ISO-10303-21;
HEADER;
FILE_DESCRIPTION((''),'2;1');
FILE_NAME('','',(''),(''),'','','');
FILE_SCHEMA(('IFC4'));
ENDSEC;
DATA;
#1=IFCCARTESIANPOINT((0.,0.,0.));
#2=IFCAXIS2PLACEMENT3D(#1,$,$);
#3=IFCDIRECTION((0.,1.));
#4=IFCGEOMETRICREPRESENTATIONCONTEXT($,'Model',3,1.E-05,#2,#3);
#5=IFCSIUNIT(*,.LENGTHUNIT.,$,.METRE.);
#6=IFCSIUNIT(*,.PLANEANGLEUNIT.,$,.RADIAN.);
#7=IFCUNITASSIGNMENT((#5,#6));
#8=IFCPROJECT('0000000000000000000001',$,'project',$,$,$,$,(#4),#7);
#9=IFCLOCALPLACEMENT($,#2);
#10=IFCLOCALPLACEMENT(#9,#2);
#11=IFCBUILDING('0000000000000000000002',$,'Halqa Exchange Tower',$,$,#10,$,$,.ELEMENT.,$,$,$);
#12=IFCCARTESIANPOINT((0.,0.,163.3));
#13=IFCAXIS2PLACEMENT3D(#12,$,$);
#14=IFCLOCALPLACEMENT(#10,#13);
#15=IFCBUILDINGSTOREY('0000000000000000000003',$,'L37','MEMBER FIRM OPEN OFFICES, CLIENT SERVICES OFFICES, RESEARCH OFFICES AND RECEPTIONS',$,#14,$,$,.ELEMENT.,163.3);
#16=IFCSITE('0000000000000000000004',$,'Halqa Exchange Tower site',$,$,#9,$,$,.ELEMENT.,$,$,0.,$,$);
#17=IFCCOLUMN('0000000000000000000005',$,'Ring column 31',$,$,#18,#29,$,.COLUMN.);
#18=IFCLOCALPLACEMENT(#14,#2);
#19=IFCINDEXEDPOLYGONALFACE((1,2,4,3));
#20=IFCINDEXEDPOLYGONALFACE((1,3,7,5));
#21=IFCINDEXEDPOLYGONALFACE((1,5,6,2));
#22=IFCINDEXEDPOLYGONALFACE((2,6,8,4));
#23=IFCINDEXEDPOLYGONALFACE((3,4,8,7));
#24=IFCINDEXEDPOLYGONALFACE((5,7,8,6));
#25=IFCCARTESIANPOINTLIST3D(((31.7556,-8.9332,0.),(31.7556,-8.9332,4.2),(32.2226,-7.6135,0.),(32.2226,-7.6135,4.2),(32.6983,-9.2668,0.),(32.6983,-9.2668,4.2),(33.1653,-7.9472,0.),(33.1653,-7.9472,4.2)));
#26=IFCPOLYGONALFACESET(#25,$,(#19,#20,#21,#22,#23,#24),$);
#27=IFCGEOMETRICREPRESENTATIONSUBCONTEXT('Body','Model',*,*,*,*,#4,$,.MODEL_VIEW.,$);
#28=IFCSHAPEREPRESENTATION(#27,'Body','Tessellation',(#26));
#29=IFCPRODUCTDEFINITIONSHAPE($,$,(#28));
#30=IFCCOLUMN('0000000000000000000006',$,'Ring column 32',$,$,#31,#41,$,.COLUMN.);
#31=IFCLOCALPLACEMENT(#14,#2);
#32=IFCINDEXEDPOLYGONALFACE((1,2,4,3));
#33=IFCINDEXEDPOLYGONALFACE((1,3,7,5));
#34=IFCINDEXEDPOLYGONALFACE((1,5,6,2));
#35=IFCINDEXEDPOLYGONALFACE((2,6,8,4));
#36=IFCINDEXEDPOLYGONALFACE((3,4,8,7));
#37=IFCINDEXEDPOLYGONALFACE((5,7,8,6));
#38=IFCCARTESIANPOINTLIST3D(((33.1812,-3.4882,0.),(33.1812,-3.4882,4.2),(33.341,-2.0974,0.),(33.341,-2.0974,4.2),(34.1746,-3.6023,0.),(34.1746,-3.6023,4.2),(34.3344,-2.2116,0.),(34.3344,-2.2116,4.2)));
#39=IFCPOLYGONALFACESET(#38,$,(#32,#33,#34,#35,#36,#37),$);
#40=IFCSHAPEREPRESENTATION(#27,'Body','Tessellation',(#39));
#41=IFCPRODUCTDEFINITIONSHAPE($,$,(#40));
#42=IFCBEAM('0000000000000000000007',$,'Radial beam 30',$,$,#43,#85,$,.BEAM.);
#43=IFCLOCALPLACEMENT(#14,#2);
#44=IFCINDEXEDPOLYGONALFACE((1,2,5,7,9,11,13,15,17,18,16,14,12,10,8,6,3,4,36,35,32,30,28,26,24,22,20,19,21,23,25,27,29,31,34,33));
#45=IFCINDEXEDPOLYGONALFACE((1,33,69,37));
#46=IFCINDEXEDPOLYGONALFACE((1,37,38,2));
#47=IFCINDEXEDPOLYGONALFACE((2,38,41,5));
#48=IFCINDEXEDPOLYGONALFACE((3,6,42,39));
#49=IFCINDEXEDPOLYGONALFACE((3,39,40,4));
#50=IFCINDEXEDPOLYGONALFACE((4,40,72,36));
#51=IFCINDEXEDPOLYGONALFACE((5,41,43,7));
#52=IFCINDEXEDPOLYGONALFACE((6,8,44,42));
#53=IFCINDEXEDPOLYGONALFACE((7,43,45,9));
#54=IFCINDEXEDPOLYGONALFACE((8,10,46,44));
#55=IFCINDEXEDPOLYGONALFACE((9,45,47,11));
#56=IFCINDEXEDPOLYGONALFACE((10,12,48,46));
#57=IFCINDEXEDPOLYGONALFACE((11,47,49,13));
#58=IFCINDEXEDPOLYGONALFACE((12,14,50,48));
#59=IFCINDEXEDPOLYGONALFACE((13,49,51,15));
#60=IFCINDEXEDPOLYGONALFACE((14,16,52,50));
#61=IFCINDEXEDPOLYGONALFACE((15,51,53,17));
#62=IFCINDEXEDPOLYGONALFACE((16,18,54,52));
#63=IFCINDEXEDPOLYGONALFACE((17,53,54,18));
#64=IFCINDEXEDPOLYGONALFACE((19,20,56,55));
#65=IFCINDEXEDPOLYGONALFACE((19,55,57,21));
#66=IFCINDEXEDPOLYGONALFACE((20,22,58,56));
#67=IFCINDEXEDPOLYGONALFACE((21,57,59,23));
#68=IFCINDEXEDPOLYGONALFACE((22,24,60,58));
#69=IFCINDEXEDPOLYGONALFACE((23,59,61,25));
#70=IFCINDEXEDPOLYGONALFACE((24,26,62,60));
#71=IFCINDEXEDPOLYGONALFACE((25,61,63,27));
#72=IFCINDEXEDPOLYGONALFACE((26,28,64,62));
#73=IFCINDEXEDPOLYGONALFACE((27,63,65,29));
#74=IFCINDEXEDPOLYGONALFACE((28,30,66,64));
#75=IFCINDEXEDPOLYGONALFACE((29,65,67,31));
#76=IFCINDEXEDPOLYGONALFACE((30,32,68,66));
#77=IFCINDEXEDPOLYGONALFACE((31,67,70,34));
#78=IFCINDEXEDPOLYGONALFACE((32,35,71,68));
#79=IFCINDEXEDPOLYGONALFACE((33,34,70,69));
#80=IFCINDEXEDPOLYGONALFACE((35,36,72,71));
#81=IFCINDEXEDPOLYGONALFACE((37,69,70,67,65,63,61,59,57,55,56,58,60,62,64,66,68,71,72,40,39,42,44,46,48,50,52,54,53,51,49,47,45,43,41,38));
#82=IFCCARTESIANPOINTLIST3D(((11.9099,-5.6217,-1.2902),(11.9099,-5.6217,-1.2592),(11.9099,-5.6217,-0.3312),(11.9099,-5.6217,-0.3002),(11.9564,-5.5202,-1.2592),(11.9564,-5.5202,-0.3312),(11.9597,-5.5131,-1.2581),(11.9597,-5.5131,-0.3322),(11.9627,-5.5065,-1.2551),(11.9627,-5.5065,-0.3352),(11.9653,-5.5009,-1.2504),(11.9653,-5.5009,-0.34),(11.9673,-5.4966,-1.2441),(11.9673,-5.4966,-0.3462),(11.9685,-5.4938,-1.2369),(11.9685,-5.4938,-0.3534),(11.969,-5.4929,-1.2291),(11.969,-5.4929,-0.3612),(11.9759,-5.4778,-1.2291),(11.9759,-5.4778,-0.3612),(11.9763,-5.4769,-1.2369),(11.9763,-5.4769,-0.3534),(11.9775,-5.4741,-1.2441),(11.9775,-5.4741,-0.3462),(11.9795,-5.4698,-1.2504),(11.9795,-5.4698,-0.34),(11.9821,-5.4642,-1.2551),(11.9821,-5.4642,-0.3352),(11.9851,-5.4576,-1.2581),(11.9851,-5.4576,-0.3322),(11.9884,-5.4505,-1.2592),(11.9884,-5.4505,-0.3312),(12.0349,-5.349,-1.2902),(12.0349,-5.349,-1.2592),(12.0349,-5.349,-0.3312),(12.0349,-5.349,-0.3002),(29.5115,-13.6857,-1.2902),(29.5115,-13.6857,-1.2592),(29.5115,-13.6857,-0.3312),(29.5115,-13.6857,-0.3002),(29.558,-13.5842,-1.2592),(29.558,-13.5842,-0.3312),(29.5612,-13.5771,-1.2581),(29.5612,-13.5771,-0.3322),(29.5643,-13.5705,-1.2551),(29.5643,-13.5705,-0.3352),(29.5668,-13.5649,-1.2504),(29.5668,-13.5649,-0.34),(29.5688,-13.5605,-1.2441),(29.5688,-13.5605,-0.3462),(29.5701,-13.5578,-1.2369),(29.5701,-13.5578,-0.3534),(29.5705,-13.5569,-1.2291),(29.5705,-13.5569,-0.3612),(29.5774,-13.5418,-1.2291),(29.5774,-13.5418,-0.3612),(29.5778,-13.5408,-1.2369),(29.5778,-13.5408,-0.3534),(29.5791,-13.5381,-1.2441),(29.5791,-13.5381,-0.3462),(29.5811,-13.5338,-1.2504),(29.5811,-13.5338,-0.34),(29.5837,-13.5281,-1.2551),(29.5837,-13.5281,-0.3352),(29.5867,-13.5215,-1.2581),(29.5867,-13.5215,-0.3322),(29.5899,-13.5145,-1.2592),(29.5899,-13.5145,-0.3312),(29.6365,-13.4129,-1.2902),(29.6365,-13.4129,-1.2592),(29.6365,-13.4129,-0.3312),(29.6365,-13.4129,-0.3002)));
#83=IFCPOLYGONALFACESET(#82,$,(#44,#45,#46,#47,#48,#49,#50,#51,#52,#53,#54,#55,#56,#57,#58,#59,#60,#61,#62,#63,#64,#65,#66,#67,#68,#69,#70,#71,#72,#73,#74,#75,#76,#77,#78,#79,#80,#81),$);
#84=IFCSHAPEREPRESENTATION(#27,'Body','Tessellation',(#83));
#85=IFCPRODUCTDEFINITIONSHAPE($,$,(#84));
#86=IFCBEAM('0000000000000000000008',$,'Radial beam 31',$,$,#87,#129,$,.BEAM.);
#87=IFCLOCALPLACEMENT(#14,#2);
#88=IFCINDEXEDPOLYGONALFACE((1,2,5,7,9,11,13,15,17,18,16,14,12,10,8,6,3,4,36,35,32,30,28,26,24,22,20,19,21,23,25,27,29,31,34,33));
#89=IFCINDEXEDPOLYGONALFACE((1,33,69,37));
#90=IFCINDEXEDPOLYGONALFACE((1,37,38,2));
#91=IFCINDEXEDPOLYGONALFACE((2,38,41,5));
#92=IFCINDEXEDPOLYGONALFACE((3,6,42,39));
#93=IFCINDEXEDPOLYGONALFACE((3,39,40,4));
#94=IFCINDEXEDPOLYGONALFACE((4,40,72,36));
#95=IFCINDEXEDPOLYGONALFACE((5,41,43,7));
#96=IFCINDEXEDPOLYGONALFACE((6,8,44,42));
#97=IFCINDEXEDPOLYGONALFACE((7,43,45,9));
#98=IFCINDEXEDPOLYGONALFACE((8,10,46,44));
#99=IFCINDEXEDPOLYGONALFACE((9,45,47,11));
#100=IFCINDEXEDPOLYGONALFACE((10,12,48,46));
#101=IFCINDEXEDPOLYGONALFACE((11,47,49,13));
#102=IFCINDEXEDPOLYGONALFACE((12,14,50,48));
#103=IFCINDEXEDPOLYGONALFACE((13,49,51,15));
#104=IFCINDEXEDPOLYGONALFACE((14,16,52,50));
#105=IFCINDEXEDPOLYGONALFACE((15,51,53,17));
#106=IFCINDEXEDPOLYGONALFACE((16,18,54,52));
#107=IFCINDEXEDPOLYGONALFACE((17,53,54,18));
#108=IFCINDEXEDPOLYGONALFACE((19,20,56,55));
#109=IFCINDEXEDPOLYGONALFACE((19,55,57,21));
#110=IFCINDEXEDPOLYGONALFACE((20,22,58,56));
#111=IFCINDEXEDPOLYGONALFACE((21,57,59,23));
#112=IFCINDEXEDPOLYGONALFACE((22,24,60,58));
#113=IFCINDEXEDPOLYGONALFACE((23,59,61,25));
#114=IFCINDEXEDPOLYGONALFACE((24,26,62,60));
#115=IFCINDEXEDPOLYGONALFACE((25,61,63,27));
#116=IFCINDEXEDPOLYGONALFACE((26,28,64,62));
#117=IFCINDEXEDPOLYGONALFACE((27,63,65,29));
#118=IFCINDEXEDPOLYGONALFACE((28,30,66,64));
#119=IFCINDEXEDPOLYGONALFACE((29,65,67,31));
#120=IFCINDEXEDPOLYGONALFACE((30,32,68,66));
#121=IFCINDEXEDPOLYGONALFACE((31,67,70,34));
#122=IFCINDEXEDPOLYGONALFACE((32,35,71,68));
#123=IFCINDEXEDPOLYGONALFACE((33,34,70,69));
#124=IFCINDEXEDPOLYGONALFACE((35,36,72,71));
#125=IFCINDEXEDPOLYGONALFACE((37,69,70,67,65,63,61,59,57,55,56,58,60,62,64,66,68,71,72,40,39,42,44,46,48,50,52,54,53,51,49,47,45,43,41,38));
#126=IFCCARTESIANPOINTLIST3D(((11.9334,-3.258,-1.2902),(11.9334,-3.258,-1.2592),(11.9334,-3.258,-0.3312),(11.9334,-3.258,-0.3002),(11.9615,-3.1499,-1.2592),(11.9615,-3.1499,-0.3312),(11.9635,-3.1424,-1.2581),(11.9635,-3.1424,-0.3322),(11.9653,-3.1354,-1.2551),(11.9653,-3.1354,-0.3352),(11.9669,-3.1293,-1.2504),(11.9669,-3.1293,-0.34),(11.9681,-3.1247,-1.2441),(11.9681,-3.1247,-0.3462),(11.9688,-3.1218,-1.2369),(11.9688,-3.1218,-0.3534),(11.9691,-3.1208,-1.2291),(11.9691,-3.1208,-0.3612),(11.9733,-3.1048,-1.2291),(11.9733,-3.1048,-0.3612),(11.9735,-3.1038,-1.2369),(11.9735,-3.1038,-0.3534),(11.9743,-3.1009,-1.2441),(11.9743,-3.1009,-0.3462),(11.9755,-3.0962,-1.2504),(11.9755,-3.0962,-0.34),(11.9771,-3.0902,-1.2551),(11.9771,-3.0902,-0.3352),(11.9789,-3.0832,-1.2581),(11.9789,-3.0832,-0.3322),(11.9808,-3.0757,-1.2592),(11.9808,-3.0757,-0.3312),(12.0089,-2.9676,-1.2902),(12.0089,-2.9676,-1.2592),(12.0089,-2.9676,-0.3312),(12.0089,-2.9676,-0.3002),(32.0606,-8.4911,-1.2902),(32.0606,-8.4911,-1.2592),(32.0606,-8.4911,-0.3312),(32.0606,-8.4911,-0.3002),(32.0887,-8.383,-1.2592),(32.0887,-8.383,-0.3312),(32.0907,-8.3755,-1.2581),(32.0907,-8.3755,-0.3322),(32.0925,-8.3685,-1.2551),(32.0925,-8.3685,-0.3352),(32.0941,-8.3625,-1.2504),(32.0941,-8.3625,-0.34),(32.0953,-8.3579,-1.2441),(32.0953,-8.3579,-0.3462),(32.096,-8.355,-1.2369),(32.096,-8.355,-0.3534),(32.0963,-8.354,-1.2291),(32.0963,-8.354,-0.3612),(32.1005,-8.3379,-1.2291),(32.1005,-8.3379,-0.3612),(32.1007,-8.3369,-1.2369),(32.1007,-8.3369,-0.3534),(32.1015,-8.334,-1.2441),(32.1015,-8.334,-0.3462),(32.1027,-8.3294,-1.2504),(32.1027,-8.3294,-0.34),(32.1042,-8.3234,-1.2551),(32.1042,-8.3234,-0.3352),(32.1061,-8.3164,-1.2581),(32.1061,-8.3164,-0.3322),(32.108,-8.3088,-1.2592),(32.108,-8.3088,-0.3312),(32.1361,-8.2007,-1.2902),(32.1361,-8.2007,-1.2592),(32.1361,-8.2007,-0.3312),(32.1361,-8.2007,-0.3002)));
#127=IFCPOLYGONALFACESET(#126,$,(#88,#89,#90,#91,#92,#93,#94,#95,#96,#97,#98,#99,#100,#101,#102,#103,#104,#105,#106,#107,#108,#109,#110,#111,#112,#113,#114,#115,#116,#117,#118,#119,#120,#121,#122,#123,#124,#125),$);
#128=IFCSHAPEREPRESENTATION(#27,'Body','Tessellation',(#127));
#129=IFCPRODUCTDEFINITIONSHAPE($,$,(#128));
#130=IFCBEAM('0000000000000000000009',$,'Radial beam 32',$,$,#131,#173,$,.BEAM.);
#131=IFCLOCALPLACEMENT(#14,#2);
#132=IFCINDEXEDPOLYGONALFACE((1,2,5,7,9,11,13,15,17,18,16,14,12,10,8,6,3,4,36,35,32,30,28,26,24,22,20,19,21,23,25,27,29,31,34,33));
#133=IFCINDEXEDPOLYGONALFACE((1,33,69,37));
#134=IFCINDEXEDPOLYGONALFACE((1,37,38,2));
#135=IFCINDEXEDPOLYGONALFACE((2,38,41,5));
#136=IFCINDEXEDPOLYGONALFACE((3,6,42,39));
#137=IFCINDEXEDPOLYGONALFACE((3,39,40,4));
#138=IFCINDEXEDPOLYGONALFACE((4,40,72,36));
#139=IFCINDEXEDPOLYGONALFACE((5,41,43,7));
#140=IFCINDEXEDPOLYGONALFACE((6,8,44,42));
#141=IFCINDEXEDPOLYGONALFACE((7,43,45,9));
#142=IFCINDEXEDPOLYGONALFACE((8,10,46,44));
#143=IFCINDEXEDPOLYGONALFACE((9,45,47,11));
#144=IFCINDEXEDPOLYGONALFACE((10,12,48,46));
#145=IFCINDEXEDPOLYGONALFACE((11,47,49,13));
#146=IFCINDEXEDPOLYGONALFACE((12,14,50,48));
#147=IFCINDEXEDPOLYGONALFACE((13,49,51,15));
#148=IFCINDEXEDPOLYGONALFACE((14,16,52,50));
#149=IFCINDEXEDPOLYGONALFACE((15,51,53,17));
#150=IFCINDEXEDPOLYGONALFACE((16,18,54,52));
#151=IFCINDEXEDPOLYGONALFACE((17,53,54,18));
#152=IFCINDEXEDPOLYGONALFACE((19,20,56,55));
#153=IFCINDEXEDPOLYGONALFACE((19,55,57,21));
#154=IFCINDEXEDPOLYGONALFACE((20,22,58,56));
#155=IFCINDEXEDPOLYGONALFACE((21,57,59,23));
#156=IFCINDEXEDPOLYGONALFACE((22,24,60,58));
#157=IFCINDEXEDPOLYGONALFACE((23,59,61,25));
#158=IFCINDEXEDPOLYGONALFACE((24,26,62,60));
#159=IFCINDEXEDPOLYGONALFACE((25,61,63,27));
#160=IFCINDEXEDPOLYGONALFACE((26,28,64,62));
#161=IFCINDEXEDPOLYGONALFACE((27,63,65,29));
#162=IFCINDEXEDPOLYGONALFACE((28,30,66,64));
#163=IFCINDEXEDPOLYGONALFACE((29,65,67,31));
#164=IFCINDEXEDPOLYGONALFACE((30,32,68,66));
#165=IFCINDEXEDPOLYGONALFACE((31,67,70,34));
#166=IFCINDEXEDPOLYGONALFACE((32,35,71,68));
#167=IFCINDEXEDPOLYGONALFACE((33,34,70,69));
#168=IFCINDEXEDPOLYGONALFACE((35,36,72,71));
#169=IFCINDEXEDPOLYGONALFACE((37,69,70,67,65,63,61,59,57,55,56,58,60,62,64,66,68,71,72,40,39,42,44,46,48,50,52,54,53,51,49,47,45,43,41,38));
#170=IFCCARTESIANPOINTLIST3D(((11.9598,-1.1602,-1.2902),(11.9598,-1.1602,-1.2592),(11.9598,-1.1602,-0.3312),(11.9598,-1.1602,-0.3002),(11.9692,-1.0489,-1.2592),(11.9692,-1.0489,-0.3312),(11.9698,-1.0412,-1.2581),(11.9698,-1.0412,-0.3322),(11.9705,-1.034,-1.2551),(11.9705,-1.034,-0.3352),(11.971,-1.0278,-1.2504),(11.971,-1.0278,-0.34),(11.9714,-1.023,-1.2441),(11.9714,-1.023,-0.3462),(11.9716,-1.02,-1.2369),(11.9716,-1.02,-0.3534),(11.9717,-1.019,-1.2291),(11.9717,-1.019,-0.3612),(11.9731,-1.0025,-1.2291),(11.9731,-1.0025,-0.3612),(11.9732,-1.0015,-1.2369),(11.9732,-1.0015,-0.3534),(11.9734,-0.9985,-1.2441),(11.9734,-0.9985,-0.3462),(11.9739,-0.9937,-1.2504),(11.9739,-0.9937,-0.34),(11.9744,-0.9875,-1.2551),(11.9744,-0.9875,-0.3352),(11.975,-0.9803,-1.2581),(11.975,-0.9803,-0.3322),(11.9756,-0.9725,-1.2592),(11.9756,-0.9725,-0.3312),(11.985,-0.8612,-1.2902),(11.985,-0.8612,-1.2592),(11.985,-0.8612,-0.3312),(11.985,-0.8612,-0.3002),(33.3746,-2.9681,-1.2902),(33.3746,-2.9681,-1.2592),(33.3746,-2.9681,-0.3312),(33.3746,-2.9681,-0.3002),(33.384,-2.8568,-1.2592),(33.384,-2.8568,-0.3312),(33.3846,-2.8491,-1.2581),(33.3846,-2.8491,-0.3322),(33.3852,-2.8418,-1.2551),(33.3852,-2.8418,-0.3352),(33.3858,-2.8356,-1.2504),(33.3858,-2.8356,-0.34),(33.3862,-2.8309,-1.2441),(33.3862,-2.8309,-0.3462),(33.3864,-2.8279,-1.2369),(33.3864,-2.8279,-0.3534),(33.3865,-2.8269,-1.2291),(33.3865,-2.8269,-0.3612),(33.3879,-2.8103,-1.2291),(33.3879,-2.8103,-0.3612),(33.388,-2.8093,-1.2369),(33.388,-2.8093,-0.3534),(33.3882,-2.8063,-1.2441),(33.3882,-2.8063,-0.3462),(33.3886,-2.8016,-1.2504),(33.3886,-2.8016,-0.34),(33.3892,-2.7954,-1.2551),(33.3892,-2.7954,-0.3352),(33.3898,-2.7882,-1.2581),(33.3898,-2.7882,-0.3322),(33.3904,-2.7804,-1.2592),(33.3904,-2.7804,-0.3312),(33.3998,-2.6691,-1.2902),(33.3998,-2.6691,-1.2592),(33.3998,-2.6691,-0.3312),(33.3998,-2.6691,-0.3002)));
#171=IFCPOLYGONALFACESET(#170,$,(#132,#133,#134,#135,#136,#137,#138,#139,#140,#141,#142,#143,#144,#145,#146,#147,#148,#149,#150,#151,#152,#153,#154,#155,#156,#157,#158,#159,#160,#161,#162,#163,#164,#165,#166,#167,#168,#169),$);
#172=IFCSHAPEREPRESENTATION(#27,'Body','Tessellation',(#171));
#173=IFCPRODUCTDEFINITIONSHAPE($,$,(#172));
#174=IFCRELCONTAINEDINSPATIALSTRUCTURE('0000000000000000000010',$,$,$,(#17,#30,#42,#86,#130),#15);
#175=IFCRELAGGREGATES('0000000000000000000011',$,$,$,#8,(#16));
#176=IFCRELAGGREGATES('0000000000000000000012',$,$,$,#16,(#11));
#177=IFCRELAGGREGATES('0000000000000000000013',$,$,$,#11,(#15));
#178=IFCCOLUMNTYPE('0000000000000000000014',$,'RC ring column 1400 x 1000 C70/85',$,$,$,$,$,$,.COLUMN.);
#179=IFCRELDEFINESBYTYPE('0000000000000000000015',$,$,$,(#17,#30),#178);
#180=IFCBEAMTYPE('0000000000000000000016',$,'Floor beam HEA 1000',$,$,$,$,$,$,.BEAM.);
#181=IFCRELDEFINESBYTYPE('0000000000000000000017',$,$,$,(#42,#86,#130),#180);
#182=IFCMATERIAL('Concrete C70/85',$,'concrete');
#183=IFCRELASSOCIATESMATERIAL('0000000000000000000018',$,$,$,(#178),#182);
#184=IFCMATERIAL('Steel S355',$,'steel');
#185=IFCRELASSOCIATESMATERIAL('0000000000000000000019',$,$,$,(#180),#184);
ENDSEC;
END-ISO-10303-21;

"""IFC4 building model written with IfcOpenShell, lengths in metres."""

from ifc_helpers import new_model, si_unit, direction, frame, origin, origin_2d, place, context, subcontext, project, spatial, rectangle, i_section, extrude, material, material_profile, profile_set, type_object, element, save


model = new_model("IFC4")

# Units and contexts
model_context = context("Model", 3, precision=1e-05, world=origin(), true_north=direction((0.0, 1.0)))
body_context = subcontext(model_context, "Body", "Model", "MODEL_VIEW")
ifc_project = project(units=[si_unit("LENGTHUNIT", "METRE"), si_unit("PLANEANGLEUNIT", "RADIAN")], contexts=[model_context])

# Site, building, storey
site_placement = place(None, origin())
site = spatial("IfcSite", under=ifc_project, at=site_placement, Name="Halqa Exchange Tower site", CompositionType="ELEMENT", RefElevation=0.0)
building_placement = place(site_placement, origin())
building = spatial("IfcBuilding", under=site, at=building_placement, Name="Halqa Exchange Tower", CompositionType="ELEMENT")
storey_placement = place(building_placement, frame((0.0, 0.0, 163.3)))
storey = spatial("IfcBuildingStorey", under=building, at=storey_placement, Name="L37", Description="MEMBER FIRM OPEN OFFICES, CLIENT SERVICES OFFICES, RESEARCH OFFICES AND RECEPTIONS", CompositionType="ELEMENT", Elevation=163.3)

# Columns
ifc_material_1 = material(Name="Concrete C70/85", Category="concrete")
ifc_material_profile_1 = material_profile(ifc_material_1, rectangle(XDim=1.3999, YDim=1.0, at=origin_2d()), Name="1400 x 1000")
ifc_profile_set_1 = profile_set([ifc_material_profile_1], Name="Concrete C70/85")
column_type = type_object("IfcColumnType", Name="RC ring column 1400 x 1000 C70/85", PredefinedType="COLUMN", material=ifc_profile_set_1)
for number, where, z_axis, x_axis, name in (
    (1, (32.4604, -8.4402, 0.0), (0.0, 0.0, 1.0), (0.333634, 0.942703, 0.0), "Ring column 31"),
    (2, (33.7578, -2.8499, 0.0), (0.0, 0.0, 1.0), (0.114155, 0.993463, 0.0), "Ring column 32"),
):
    element("IfcColumn", number, at=place(storey_placement, frame(where, z_axis=z_axis, x_axis=x_axis)), inside=storey, type_object=column_type, Name=name, PredefinedType="COLUMN", context=body_context, shape_type="SweptSolid", body=[
        extrude(rectangle(XDim=1.3999, YDim=1.0, at=origin_2d()), origin(), (0.0, 0.0, 1.0), 4.2),
    ])

# Beams
ifc_material_2 = material(Name="Steel S355", Category="steel")
ifc_material_profile_2 = material_profile(ifc_material_2, i_section(OverallWidth=0.3, OverallDepth=0.99, WebThickness=0.0166, FlangeThickness=0.031, FilletRadius=0.03, at=origin_2d()), Name="HEA 1000")
ifc_profile_set_2 = profile_set([ifc_material_profile_2], Name="Steel S355")
beam_type_1 = type_object("IfcBeamType", Name="Floor beam HEA 1000", PredefinedType="BEAM", material=ifc_profile_set_2)
beam_1_placement = place(storey_placement, frame((11.9724, -5.4854, -0.7952), z_axis=(0.909132, -0.416509, 0.0), x_axis=(0.416509, 0.909132, 0.0)))
element("IfcBeam", 3, at=beam_1_placement, inside=storey, type_object=beam_type_1, Name="Radial beam 30", PredefinedType="BEAM", context=body_context, shape_type="SweptSolid", body=[
    extrude(i_section(OverallWidth=0.3, OverallDepth=0.99, WebThickness=0.0166, FlangeThickness=0.031, FilletRadius=0.03, at=origin_2d()), origin(), (0.0, 0.0, 1.0), 19.3608),
])
beam_2_placement = place(storey_placement, frame((11.9712, -3.1128, -0.7952), z_axis=(0.967822, -0.251638, 0.0), x_axis=(0.251638, 0.967822, 0.0)))
element("IfcBeam", 4, at=beam_2_placement, inside=storey, type_object=beam_type_1, Name="Radial beam 31", PredefinedType="BEAM", context=body_context, shape_type="SweptSolid", body=[
    extrude(i_section(OverallWidth=0.3, OverallDepth=0.99, WebThickness=0.0166, FlangeThickness=0.031, FilletRadius=0.03, at=origin_2d()), origin(), (0.0, 0.0, 1.0), 20.7964),
])
beam_3_placement = place(storey_placement, frame((11.9724, -1.0107, -0.7952), z_axis=(0.996455, -0.084122, 0.0), x_axis=(0.084122, 0.996455, 0.0)))
element("IfcBeam", 5, at=beam_3_placement, inside=storey, type_object=beam_type_1, Name="Radial beam 32", PredefinedType="BEAM", context=body_context, shape_type="SweptSolid", body=[
    extrude(i_section(OverallWidth=0.3, OverallDepth=0.99, WebThickness=0.0166, FlangeThickness=0.031, FilletRadius=0.03, at=origin_2d()), origin(), (0.0, 0.0, 1.0), 21.491),
])

save(model, "model.ifc")
